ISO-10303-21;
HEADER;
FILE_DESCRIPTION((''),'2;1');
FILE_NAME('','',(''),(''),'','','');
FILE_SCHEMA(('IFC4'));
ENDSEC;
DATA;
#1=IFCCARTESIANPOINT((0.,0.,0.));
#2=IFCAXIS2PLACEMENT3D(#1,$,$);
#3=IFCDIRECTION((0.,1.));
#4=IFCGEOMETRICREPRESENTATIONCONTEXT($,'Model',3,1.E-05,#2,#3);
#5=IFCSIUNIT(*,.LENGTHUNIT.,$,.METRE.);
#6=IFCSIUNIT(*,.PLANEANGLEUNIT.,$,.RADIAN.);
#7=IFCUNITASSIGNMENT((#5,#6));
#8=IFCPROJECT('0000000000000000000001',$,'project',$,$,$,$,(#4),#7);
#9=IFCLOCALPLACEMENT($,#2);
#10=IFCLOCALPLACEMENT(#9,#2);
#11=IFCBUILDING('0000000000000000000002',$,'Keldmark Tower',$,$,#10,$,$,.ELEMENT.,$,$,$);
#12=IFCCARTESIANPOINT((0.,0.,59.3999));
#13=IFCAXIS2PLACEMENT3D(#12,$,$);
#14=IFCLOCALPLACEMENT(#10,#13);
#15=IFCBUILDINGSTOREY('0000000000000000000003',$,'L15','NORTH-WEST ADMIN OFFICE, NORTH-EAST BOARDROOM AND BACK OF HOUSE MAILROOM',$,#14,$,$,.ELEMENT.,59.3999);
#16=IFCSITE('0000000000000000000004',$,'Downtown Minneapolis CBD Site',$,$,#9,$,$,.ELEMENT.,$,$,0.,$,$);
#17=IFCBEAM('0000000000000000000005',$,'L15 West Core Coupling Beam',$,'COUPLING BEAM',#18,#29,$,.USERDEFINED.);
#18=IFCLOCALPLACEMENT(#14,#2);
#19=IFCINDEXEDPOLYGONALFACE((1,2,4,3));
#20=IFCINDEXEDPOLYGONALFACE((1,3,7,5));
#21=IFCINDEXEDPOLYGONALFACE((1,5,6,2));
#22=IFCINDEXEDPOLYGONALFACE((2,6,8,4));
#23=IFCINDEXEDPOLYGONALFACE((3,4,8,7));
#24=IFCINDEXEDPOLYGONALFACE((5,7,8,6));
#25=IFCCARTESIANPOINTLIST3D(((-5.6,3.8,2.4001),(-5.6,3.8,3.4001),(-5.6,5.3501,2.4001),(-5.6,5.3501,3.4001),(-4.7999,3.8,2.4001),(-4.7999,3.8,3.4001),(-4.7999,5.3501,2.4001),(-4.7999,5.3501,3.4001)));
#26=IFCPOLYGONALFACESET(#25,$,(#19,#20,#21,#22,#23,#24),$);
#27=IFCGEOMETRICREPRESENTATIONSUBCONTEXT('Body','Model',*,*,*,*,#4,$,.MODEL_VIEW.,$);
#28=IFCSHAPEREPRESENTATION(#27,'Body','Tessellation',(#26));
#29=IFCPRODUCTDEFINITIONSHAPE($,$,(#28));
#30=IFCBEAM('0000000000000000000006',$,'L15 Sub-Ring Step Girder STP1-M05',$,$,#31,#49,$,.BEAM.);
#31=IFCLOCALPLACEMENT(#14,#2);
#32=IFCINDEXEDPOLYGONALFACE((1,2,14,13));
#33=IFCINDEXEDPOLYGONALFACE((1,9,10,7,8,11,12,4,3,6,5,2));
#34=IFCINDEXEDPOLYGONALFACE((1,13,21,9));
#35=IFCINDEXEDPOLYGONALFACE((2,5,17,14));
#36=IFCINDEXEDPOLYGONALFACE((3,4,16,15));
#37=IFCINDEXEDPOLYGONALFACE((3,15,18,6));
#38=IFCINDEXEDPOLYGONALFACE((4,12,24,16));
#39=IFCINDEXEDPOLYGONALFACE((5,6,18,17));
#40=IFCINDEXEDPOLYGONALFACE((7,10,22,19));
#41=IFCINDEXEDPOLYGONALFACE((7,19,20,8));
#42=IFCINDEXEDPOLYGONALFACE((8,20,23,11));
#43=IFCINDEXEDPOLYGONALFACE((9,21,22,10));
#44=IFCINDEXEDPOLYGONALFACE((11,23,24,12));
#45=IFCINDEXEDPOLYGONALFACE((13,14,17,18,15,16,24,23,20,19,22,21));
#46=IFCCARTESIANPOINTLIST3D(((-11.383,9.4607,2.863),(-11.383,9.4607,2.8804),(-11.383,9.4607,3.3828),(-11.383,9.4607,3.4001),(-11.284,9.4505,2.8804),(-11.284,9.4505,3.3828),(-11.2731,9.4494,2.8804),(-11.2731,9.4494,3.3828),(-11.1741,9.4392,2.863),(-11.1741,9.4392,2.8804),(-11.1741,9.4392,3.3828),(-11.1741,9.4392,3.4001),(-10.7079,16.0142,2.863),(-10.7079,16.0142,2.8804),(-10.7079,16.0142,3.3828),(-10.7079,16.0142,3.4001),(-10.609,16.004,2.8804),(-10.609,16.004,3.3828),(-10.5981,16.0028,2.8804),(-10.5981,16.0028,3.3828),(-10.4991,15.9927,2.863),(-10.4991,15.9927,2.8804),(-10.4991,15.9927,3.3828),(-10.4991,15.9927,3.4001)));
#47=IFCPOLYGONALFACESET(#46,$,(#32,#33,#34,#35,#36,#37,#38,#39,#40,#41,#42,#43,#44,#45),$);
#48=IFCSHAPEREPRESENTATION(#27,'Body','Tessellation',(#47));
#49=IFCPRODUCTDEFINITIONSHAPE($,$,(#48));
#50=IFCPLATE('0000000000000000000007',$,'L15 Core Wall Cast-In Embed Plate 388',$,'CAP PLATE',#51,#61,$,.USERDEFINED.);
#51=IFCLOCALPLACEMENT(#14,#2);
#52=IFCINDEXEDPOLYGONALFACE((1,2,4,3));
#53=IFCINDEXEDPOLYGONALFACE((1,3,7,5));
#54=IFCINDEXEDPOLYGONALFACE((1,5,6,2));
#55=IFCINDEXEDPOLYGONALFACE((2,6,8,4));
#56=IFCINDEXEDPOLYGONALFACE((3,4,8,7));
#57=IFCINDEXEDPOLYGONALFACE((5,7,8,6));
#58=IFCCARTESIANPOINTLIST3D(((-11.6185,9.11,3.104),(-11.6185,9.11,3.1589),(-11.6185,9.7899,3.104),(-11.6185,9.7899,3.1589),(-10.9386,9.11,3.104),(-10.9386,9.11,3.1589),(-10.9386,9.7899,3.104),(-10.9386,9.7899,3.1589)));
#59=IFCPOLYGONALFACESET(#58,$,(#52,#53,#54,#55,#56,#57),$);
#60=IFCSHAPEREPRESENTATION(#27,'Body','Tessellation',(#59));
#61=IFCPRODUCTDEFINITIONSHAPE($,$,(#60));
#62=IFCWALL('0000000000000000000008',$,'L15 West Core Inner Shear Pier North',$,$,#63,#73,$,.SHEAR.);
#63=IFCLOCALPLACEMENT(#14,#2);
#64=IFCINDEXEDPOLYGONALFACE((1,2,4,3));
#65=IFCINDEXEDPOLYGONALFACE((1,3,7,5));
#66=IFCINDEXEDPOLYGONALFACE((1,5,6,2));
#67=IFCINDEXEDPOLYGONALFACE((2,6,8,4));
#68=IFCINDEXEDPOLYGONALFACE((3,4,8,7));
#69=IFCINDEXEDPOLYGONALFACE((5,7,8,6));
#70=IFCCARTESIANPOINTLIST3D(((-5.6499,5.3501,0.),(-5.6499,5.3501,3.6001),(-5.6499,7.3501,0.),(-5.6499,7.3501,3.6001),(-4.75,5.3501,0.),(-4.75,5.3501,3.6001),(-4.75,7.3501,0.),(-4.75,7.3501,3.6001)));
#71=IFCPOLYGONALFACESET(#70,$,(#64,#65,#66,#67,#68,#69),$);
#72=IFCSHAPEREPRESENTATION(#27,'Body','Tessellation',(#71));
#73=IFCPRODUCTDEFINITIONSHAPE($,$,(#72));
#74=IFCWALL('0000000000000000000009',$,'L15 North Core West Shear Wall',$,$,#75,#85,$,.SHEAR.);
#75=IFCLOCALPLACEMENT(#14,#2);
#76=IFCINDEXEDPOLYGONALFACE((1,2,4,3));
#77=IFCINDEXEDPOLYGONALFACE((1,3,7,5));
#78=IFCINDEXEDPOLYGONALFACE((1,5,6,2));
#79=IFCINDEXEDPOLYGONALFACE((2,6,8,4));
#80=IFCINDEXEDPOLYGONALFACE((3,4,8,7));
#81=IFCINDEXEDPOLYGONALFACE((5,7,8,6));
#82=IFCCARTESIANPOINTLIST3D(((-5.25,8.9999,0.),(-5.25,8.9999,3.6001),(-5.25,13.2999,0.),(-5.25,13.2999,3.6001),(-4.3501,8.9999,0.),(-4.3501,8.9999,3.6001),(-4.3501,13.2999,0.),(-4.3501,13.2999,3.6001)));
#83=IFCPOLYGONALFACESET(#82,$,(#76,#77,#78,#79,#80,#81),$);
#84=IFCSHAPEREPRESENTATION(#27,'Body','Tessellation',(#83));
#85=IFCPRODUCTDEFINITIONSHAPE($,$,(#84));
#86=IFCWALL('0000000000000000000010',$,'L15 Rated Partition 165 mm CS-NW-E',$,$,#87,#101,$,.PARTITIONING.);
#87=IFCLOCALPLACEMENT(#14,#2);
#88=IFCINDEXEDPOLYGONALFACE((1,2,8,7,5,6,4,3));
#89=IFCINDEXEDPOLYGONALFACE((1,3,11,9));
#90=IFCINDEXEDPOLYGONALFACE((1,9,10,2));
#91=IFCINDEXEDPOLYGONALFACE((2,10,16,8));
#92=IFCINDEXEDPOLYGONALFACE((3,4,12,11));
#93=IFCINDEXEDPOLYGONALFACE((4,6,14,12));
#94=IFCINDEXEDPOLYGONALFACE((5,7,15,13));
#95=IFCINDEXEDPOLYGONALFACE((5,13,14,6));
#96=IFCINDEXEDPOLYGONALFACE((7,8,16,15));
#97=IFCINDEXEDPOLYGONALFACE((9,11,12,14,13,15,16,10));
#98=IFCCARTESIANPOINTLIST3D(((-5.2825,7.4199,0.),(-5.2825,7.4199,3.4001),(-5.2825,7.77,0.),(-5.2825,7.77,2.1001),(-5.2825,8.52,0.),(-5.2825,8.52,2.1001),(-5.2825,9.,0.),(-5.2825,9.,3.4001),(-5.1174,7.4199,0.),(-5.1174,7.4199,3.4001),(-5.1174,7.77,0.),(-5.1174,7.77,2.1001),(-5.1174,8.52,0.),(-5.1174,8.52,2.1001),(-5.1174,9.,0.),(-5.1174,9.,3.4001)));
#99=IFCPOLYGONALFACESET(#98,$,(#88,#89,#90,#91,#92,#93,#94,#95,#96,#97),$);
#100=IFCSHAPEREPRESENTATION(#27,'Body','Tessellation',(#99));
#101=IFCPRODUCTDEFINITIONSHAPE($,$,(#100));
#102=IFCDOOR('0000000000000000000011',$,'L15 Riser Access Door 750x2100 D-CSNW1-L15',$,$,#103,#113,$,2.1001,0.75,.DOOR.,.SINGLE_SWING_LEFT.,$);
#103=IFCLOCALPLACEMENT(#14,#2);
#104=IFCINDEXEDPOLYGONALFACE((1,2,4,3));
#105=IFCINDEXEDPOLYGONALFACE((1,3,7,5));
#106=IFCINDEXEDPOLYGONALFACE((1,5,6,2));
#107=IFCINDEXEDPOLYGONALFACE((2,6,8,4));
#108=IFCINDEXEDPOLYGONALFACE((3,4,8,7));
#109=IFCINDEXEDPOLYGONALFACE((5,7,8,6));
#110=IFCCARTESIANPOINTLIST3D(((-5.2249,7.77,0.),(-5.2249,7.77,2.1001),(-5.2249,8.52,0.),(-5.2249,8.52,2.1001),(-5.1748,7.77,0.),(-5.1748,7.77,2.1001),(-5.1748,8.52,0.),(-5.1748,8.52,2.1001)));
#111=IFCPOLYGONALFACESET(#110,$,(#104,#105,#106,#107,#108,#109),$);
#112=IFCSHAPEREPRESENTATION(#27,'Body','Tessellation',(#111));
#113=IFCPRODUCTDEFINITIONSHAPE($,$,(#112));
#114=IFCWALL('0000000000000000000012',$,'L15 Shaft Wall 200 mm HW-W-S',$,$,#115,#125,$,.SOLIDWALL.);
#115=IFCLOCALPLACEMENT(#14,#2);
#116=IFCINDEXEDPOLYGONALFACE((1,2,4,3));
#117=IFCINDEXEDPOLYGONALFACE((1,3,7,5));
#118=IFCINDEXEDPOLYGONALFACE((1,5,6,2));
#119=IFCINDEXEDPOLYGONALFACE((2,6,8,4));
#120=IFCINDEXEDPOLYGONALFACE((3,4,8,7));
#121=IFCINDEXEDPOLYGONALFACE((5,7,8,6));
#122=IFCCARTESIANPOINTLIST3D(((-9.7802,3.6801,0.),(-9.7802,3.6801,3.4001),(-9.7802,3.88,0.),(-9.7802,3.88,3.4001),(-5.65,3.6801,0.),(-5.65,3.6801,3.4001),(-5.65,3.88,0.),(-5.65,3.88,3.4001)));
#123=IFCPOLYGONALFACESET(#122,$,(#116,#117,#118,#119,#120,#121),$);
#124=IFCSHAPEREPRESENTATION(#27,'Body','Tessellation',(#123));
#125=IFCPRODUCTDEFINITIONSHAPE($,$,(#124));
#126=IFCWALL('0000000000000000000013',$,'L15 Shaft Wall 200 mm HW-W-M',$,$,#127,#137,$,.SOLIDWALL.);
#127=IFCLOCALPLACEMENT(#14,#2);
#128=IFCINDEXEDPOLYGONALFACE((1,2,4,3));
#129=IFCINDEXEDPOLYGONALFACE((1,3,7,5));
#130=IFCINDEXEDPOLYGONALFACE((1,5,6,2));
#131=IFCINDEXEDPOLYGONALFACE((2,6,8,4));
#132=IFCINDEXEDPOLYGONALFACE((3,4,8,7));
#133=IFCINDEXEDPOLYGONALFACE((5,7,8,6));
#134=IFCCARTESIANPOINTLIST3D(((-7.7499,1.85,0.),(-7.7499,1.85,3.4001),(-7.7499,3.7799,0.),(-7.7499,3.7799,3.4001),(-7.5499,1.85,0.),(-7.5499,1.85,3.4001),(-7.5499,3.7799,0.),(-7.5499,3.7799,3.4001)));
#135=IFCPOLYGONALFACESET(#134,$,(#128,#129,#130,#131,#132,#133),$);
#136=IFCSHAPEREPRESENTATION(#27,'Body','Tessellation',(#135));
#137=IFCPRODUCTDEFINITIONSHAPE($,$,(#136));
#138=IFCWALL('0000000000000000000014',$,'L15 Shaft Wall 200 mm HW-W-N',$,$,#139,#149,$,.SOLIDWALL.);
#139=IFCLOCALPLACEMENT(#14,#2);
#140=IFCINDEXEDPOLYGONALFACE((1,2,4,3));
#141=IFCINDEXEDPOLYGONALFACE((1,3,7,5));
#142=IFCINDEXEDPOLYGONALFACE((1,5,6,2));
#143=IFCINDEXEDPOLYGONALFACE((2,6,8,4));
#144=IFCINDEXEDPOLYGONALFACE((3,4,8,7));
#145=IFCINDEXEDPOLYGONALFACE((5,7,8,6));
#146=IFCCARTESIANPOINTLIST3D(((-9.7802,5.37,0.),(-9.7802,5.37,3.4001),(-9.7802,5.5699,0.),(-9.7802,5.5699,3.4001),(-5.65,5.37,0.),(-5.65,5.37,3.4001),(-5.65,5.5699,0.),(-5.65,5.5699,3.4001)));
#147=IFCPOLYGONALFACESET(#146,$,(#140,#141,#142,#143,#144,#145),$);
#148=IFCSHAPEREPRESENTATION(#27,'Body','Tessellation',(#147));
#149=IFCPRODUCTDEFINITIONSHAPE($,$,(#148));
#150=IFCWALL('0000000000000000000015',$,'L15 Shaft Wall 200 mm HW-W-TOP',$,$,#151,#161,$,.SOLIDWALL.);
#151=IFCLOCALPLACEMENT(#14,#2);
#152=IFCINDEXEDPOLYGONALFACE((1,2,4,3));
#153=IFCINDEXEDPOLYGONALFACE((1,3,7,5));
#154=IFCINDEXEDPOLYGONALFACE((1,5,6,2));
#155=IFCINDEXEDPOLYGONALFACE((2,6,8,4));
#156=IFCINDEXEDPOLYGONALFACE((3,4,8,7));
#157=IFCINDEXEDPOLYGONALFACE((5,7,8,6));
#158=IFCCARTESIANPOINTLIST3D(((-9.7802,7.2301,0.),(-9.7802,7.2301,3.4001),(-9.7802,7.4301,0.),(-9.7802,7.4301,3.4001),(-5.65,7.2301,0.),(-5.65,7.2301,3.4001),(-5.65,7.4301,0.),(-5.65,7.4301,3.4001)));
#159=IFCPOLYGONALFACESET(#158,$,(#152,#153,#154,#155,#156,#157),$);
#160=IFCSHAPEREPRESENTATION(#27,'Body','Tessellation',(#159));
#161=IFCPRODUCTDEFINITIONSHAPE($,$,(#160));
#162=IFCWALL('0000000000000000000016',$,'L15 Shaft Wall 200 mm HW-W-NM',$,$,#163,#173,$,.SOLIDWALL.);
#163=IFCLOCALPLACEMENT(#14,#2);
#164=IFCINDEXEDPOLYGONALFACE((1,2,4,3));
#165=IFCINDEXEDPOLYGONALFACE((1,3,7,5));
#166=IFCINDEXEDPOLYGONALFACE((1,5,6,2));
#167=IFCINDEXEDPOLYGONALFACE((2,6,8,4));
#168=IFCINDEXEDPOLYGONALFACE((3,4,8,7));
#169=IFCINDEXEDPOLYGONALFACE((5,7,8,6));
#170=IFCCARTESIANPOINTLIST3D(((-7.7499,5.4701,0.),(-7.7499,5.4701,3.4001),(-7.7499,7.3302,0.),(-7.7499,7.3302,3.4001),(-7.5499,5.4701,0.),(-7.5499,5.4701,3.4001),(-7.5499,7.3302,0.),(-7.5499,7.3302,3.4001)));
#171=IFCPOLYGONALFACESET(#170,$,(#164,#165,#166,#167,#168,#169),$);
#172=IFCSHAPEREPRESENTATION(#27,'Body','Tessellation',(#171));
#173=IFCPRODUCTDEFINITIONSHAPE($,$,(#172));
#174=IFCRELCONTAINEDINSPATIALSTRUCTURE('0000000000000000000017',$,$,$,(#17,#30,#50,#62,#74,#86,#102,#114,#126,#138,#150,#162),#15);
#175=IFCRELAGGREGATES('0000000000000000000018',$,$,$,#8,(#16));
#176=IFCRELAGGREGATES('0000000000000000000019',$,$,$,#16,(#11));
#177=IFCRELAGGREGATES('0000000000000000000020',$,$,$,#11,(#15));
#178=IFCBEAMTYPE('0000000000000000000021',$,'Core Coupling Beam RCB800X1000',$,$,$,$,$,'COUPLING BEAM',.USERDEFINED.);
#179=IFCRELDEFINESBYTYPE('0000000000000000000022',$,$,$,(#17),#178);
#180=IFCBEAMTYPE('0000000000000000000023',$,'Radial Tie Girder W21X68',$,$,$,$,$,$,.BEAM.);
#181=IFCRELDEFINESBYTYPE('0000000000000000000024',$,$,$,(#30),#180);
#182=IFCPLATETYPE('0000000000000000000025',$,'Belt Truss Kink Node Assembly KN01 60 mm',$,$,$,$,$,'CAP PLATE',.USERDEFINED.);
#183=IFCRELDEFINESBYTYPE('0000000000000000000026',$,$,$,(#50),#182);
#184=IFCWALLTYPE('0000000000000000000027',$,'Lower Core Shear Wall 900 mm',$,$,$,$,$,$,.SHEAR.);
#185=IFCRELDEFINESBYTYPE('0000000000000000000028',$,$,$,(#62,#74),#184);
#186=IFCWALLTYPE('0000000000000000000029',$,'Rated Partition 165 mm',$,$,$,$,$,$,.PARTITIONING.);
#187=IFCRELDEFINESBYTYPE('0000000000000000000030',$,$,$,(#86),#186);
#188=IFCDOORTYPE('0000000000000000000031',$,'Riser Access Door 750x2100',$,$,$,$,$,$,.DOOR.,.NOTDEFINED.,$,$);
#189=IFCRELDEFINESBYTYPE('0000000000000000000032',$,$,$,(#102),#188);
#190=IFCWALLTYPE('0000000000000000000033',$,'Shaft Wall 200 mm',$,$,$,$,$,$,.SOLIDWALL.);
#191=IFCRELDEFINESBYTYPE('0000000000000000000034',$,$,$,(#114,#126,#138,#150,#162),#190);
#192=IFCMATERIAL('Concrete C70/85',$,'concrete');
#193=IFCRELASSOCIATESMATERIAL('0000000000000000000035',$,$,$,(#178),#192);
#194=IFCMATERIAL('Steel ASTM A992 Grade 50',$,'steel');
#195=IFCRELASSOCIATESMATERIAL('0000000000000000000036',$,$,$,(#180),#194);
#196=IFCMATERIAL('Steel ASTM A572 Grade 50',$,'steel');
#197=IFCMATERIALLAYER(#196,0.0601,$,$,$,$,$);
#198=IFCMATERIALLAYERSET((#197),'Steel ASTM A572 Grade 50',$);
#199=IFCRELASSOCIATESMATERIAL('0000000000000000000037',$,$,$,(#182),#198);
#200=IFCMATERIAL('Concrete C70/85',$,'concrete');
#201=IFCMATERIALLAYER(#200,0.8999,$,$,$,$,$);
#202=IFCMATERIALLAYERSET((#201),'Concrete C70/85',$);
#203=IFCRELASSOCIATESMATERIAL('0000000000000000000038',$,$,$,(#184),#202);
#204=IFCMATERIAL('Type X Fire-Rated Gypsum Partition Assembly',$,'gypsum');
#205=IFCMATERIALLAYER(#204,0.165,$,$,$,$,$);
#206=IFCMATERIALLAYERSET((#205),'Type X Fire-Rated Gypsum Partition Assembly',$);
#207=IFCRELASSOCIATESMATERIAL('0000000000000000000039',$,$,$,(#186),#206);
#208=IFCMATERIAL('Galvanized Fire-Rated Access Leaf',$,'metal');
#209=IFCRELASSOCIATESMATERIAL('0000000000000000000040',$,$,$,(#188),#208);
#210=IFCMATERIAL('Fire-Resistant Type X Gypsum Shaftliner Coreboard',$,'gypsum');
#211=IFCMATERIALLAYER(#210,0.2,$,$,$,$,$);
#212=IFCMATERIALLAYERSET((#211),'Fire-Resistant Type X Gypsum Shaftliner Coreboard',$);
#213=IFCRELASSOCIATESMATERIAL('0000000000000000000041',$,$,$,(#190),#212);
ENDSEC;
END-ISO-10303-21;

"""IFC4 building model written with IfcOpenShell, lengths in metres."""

from ifc_helpers import new_model, si_unit, direction, frame, frame_2d, origin, origin_2d, place, context, subcontext, project, spatial, rectangle, i_section, extrude, material, layer, layer_set, material_profile, profile_set, type_object, element, fill, save


model = new_model("IFC4")

# Units and contexts
model_context = context("Model", 3, precision=1e-05, world=origin(), true_north=direction((0.0, 1.0)))
body_context = subcontext(model_context, "Body", "Model", "MODEL_VIEW")
ifc_project = project(units=[si_unit("LENGTHUNIT", "METRE"), si_unit("PLANEANGLEUNIT", "RADIAN")], contexts=[model_context])

# Site, building, storey
site_placement = place(None, origin())
site = spatial("IfcSite", under=ifc_project, at=site_placement, Name="Downtown Minneapolis CBD Site", CompositionType="ELEMENT", RefElevation=0.0)
building_placement = place(site_placement, origin())
building = spatial("IfcBuilding", under=site, at=building_placement, Name="Keldmark Tower", CompositionType="ELEMENT")
storey_placement = place(building_placement, frame((0.0, 0.0, 59.3999)))
storey = spatial("IfcBuildingStorey", under=building, at=storey_placement, Name="L15", Description="NORTH-WEST ADMIN OFFICE, NORTH-EAST BOARDROOM AND BACK OF HOUSE MAILROOM", CompositionType="ELEMENT", Elevation=59.3999)

# Beams
ifc_material_1 = material(Name="Concrete C70/85", Category="concrete")
ifc_material_profile_1 = material_profile(ifc_material_1, rectangle(XDim=0.8, YDim=1.0, at=origin_2d()), Name="RCB800X1000")
ifc_profile_set_1 = profile_set([ifc_material_profile_1], Name="Concrete C70/85")
beam_type_1 = type_object("IfcBeamType", Name="Core Coupling Beam RCB800X1000", ElementType="COUPLING BEAM", PredefinedType="USERDEFINED", material=ifc_profile_set_1)
beam_1_placement = place(storey_placement, frame((-5.2, 3.8, 2.9001), z_axis=(0.0, 1.0, 0.0), x_axis=(-1.0, 0.0, 0.0)))
element("IfcBeam", 1, at=beam_1_placement, inside=storey, type_object=beam_type_1, Name="L15 West Core Coupling Beam", ObjectType="COUPLING BEAM", PredefinedType="USERDEFINED", context=body_context, shape_type="SweptSolid", body=[
    extrude(rectangle(XDim=0.8, YDim=1.0, at=origin_2d()), origin(), (0.0, 0.0, 1.0), 1.55),
])
ifc_material_2 = material(Name="Steel ASTM A992 Grade 50", Category="steel")
ifc_material_profile_2 = material_profile(ifc_material_2, i_section(OverallWidth=0.21, OverallDepth=0.5371, WebThickness=0.011, FlangeThickness=0.0173, at=origin_2d()), Name="W21X68")
ifc_profile_set_2 = profile_set([ifc_material_profile_2], Name="Steel ASTM A992 Grade 50")
beam_type_2 = type_object("IfcBeamType", Name="Radial Tie Girder W21X68", PredefinedType="BEAM", material=ifc_profile_set_2)
beam_2_placement = place(storey_placement, frame((-11.2786, 9.45, 3.1316), z_axis=(0.102464, 0.994737, 0.0), x_axis=(-0.994737, 0.102464, 0.0)))
element("IfcBeam", 2, at=beam_2_placement, inside=storey, type_object=beam_type_2, Name="L15 Sub-Ring Step Girder STP1-M05", PredefinedType="BEAM", context=body_context, shape_type="SweptSolid", body=[
    extrude(i_section(OverallWidth=0.21, OverallDepth=0.5371, WebThickness=0.011, FlangeThickness=0.0173, at=origin_2d()), origin(), (0.0, 0.0, 1.0), 6.5881),
])

# Plate
ifc_material_3 = material(Name="Steel ASTM A572 Grade 50", Category="steel")
ifc_layer_1 = layer(ifc_material_3, 0.0601)
ifc_layer_set_1 = layer_set([ifc_layer_1], Name="Steel ASTM A572 Grade 50")
plate_type = type_object("IfcPlateType", Name="Belt Truss Kink Node Assembly KN01 60 mm", ElementType="CAP PLATE", PredefinedType="USERDEFINED", material=ifc_layer_set_1)
plate_placement = place(storey_placement, frame((-11.2786, 9.45, 3.104), z_axis=(0.0, 0.0, 1.0), x_axis=(1.0, 0.0, 0.0)))
element("IfcPlate", 3, at=plate_placement, inside=storey, type_object=plate_type, Name="L15 Core Wall Cast-In Embed Plate 388", ObjectType="CAP PLATE", PredefinedType="USERDEFINED", context=body_context, shape_type="SweptSolid", body=[
    extrude(rectangle(XDim=0.6799, YDim=0.6799, at=origin_2d()), origin(), (0.0, 0.0, 1.0), 0.0549),
])

# Walls
ifc_material_4 = material(Name="Concrete C70/85", Category="concrete")
ifc_layer_2 = layer(ifc_material_4, 0.8999)
ifc_layer_set_2 = layer_set([ifc_layer_2], Name="Concrete C70/85")
wall_type_1 = type_object("IfcWallType", Name="Lower Core Shear Wall 900 mm", PredefinedType="SHEAR", material=ifc_layer_set_2)
wall_1_placement = place(storey_placement, frame((-5.2, 5.3501, 0.0), z_axis=(0.0, 0.0, 1.0), x_axis=(0.0, 1.0, 0.0)))
element("IfcWall", 4, at=wall_1_placement, inside=storey, type_object=wall_type_1, Name="L15 West Core Inner Shear Pier North", PredefinedType="SHEAR", context=body_context, shape_type="SweptSolid", body=[
    extrude(rectangle(XDim=2.0, YDim=0.8999, at=frame_2d((1.0, 0.0))), origin(), (0.0, 0.0, 1.0), 3.6001),
])
wall_2_placement = place(storey_placement, frame((-4.8, 9.0, 0.0), z_axis=(0.0, 0.0, 1.0), x_axis=(0.0, 1.0, 0.0)))
element("IfcWall", 5, at=wall_2_placement, inside=storey, type_object=wall_type_1, Name="L15 North Core West Shear Wall", PredefinedType="SHEAR", context=body_context, shape_type="SweptSolid", body=[
    extrude(rectangle(XDim=4.3, YDim=0.8999, at=frame_2d((2.1499, 0.0))), origin(), (0.0, 0.0, 1.0), 3.6001),
])

# Wall, opening, door
ifc_material_5 = material(Name="Type X Fire-Rated Gypsum Partition Assembly", Category="gypsum")
ifc_layer_3 = layer(ifc_material_5, 0.165)
ifc_layer_set_3 = layer_set([ifc_layer_3], Name="Type X Fire-Rated Gypsum Partition Assembly")
wall_type_2 = type_object("IfcWallType", Name="Rated Partition 165 mm", PredefinedType="PARTITIONING", material=ifc_layer_set_3)
wall_3_placement = place(storey_placement, frame((-5.2, 7.4199, 0.0), z_axis=(0.0, 0.0, 1.0), x_axis=(0.0, 1.0, 0.0)))
wall_3 = element("IfcWall", 6, at=wall_3_placement, inside=storey, type_object=wall_type_2, Name="L15 Rated Partition 165 mm CS-NW-E", PredefinedType="PARTITIONING", context=body_context, shape_type="SweptSolid", body=[
    extrude(rectangle(XDim=1.5801, YDim=0.165, at=frame_2d((0.79, 0.0))), origin(), (0.0, 0.0, 1.0), 3.4001),
])
opening_1_placement = place(wall_3_placement, frame((0.3501, 0.0, 0.0)))
opening_1 = element("IfcOpeningElement", 7, at=opening_1_placement, cuts=wall_3, PredefinedType="OPENING", context=body_context, shape_type="SweptSolid", body=[
    extrude(rectangle(XDim=0.75, YDim=2.1001, at=frame_2d((0.375, 1.05))), frame((0.0, 0.0925, 0.0), z_axis=(0.0, -1.0, 0.0), x_axis=(1.0, 0.0, 0.0)), (0.0, 0.0, 1.0), 0.1851),
])
ifc_material_6 = material(Name="Galvanized Fire-Rated Access Leaf", Category="metal")
door_type_1 = type_object("IfcDoorType", Name="Riser Access Door 750x2100", OperationType="NOTDEFINED", PredefinedType="DOOR", material=ifc_material_6)
door_1_placement = place(opening_1_placement, origin())
door_1 = element("IfcDoor", 8, at=door_1_placement, inside=storey, type_object=door_type_1, Name="L15 Riser Access Door 750x2100 D-CSNW1-L15", OperationType="SINGLE_SWING_LEFT", OverallHeight=2.1001, OverallWidth=0.75, PredefinedType="DOOR", context=body_context, shape_type="SweptSolid", body=[
    extrude(rectangle(XDim=0.75, YDim=2.1001, at=frame_2d((0.375, 1.05))), frame((0.0, 0.0249, 0.0), z_axis=(0.0, -1.0, 0.0), x_axis=(1.0, 0.0, 0.0)), (0.0, 0.0, 1.0), 0.05),
])
fill(opening_1, door_1)

# Walls
ifc_material_7 = material(Name="Fire-Resistant Type X Gypsum Shaftliner Coreboard", Category="gypsum")
ifc_layer_4 = layer(ifc_material_7, 0.2)
ifc_layer_set_4 = layer_set([ifc_layer_4], Name="Fire-Resistant Type X Gypsum Shaftliner Coreboard")
wall_type_3 = type_object("IfcWallType", Name="Shaft Wall 200 mm", PredefinedType="SOLIDWALL", material=ifc_layer_set_4)
wall_4_placement = place(storey_placement, frame((-9.78, 3.78, 0.0), z_axis=(0.0, 0.0, 1.0), x_axis=(1.0, 0.0, 0.0)))
element("IfcWall", 9, at=wall_4_placement, inside=storey, type_object=wall_type_3, Name="L15 Shaft Wall 200 mm HW-W-S", PredefinedType="SOLIDWALL", context=body_context, shape_type="SweptSolid", body=[
    extrude(rectangle(XDim=4.1301, YDim=0.2, at=frame_2d((2.0649, 0.0))), origin(), (0.0, 0.0, 1.0), 3.4001),
])
wall_5_placement = place(storey_placement, frame((-7.6499, 1.8501, 0.0), z_axis=(0.0, 0.0, 1.0), x_axis=(0.0, 1.0, 0.0)))
element("IfcWall", 10, at=wall_5_placement, inside=storey, type_object=wall_type_3, Name="L15 Shaft Wall 200 mm HW-W-M", PredefinedType="SOLIDWALL", context=body_context, shape_type="SweptSolid", body=[
    extrude(rectangle(XDim=1.9299, YDim=0.2, at=frame_2d((0.9648, 0.0))), origin(), (0.0, 0.0, 1.0), 3.4001),
])
for number, where, z_axis, x_axis, name in (
    (11, (-9.78, 5.47, 0.0), (0.0, 0.0, 1.0), (1.0, 0.0, 0.0), "L15 Shaft Wall 200 mm HW-W-N"),
    (12, (-9.78, 7.3301, 0.0), (0.0, 0.0, 1.0), (1.0, 0.0, 0.0), "L15 Shaft Wall 200 mm HW-W-TOP"),
):
    element("IfcWall", number, at=place(storey_placement, frame(where, z_axis=z_axis, x_axis=x_axis)), inside=storey, type_object=wall_type_3, Name=name, PredefinedType="SOLIDWALL", context=body_context, shape_type="SweptSolid", body=[
        extrude(rectangle(XDim=4.1301, YDim=0.2, at=frame_2d((2.0649, 0.0))), origin(), (0.0, 0.0, 1.0), 3.4001),
    ])
wall_6_placement = place(storey_placement, frame((-7.6499, 5.47, 0.0), z_axis=(0.0, 0.0, 1.0), x_axis=(0.0, 1.0, 0.0)))
element("IfcWall", 13, at=wall_6_placement, inside=storey, type_object=wall_type_3, Name="L15 Shaft Wall 200 mm HW-W-NM", PredefinedType="SOLIDWALL", context=body_context, shape_type="SweptSolid", body=[
    extrude(rectangle(XDim=1.8601, YDim=0.2, at=frame_2d((0.9302, 0.0))), origin(), (0.0, 0.0, 1.0), 3.4001),
])

save(model, "model.ifc")
